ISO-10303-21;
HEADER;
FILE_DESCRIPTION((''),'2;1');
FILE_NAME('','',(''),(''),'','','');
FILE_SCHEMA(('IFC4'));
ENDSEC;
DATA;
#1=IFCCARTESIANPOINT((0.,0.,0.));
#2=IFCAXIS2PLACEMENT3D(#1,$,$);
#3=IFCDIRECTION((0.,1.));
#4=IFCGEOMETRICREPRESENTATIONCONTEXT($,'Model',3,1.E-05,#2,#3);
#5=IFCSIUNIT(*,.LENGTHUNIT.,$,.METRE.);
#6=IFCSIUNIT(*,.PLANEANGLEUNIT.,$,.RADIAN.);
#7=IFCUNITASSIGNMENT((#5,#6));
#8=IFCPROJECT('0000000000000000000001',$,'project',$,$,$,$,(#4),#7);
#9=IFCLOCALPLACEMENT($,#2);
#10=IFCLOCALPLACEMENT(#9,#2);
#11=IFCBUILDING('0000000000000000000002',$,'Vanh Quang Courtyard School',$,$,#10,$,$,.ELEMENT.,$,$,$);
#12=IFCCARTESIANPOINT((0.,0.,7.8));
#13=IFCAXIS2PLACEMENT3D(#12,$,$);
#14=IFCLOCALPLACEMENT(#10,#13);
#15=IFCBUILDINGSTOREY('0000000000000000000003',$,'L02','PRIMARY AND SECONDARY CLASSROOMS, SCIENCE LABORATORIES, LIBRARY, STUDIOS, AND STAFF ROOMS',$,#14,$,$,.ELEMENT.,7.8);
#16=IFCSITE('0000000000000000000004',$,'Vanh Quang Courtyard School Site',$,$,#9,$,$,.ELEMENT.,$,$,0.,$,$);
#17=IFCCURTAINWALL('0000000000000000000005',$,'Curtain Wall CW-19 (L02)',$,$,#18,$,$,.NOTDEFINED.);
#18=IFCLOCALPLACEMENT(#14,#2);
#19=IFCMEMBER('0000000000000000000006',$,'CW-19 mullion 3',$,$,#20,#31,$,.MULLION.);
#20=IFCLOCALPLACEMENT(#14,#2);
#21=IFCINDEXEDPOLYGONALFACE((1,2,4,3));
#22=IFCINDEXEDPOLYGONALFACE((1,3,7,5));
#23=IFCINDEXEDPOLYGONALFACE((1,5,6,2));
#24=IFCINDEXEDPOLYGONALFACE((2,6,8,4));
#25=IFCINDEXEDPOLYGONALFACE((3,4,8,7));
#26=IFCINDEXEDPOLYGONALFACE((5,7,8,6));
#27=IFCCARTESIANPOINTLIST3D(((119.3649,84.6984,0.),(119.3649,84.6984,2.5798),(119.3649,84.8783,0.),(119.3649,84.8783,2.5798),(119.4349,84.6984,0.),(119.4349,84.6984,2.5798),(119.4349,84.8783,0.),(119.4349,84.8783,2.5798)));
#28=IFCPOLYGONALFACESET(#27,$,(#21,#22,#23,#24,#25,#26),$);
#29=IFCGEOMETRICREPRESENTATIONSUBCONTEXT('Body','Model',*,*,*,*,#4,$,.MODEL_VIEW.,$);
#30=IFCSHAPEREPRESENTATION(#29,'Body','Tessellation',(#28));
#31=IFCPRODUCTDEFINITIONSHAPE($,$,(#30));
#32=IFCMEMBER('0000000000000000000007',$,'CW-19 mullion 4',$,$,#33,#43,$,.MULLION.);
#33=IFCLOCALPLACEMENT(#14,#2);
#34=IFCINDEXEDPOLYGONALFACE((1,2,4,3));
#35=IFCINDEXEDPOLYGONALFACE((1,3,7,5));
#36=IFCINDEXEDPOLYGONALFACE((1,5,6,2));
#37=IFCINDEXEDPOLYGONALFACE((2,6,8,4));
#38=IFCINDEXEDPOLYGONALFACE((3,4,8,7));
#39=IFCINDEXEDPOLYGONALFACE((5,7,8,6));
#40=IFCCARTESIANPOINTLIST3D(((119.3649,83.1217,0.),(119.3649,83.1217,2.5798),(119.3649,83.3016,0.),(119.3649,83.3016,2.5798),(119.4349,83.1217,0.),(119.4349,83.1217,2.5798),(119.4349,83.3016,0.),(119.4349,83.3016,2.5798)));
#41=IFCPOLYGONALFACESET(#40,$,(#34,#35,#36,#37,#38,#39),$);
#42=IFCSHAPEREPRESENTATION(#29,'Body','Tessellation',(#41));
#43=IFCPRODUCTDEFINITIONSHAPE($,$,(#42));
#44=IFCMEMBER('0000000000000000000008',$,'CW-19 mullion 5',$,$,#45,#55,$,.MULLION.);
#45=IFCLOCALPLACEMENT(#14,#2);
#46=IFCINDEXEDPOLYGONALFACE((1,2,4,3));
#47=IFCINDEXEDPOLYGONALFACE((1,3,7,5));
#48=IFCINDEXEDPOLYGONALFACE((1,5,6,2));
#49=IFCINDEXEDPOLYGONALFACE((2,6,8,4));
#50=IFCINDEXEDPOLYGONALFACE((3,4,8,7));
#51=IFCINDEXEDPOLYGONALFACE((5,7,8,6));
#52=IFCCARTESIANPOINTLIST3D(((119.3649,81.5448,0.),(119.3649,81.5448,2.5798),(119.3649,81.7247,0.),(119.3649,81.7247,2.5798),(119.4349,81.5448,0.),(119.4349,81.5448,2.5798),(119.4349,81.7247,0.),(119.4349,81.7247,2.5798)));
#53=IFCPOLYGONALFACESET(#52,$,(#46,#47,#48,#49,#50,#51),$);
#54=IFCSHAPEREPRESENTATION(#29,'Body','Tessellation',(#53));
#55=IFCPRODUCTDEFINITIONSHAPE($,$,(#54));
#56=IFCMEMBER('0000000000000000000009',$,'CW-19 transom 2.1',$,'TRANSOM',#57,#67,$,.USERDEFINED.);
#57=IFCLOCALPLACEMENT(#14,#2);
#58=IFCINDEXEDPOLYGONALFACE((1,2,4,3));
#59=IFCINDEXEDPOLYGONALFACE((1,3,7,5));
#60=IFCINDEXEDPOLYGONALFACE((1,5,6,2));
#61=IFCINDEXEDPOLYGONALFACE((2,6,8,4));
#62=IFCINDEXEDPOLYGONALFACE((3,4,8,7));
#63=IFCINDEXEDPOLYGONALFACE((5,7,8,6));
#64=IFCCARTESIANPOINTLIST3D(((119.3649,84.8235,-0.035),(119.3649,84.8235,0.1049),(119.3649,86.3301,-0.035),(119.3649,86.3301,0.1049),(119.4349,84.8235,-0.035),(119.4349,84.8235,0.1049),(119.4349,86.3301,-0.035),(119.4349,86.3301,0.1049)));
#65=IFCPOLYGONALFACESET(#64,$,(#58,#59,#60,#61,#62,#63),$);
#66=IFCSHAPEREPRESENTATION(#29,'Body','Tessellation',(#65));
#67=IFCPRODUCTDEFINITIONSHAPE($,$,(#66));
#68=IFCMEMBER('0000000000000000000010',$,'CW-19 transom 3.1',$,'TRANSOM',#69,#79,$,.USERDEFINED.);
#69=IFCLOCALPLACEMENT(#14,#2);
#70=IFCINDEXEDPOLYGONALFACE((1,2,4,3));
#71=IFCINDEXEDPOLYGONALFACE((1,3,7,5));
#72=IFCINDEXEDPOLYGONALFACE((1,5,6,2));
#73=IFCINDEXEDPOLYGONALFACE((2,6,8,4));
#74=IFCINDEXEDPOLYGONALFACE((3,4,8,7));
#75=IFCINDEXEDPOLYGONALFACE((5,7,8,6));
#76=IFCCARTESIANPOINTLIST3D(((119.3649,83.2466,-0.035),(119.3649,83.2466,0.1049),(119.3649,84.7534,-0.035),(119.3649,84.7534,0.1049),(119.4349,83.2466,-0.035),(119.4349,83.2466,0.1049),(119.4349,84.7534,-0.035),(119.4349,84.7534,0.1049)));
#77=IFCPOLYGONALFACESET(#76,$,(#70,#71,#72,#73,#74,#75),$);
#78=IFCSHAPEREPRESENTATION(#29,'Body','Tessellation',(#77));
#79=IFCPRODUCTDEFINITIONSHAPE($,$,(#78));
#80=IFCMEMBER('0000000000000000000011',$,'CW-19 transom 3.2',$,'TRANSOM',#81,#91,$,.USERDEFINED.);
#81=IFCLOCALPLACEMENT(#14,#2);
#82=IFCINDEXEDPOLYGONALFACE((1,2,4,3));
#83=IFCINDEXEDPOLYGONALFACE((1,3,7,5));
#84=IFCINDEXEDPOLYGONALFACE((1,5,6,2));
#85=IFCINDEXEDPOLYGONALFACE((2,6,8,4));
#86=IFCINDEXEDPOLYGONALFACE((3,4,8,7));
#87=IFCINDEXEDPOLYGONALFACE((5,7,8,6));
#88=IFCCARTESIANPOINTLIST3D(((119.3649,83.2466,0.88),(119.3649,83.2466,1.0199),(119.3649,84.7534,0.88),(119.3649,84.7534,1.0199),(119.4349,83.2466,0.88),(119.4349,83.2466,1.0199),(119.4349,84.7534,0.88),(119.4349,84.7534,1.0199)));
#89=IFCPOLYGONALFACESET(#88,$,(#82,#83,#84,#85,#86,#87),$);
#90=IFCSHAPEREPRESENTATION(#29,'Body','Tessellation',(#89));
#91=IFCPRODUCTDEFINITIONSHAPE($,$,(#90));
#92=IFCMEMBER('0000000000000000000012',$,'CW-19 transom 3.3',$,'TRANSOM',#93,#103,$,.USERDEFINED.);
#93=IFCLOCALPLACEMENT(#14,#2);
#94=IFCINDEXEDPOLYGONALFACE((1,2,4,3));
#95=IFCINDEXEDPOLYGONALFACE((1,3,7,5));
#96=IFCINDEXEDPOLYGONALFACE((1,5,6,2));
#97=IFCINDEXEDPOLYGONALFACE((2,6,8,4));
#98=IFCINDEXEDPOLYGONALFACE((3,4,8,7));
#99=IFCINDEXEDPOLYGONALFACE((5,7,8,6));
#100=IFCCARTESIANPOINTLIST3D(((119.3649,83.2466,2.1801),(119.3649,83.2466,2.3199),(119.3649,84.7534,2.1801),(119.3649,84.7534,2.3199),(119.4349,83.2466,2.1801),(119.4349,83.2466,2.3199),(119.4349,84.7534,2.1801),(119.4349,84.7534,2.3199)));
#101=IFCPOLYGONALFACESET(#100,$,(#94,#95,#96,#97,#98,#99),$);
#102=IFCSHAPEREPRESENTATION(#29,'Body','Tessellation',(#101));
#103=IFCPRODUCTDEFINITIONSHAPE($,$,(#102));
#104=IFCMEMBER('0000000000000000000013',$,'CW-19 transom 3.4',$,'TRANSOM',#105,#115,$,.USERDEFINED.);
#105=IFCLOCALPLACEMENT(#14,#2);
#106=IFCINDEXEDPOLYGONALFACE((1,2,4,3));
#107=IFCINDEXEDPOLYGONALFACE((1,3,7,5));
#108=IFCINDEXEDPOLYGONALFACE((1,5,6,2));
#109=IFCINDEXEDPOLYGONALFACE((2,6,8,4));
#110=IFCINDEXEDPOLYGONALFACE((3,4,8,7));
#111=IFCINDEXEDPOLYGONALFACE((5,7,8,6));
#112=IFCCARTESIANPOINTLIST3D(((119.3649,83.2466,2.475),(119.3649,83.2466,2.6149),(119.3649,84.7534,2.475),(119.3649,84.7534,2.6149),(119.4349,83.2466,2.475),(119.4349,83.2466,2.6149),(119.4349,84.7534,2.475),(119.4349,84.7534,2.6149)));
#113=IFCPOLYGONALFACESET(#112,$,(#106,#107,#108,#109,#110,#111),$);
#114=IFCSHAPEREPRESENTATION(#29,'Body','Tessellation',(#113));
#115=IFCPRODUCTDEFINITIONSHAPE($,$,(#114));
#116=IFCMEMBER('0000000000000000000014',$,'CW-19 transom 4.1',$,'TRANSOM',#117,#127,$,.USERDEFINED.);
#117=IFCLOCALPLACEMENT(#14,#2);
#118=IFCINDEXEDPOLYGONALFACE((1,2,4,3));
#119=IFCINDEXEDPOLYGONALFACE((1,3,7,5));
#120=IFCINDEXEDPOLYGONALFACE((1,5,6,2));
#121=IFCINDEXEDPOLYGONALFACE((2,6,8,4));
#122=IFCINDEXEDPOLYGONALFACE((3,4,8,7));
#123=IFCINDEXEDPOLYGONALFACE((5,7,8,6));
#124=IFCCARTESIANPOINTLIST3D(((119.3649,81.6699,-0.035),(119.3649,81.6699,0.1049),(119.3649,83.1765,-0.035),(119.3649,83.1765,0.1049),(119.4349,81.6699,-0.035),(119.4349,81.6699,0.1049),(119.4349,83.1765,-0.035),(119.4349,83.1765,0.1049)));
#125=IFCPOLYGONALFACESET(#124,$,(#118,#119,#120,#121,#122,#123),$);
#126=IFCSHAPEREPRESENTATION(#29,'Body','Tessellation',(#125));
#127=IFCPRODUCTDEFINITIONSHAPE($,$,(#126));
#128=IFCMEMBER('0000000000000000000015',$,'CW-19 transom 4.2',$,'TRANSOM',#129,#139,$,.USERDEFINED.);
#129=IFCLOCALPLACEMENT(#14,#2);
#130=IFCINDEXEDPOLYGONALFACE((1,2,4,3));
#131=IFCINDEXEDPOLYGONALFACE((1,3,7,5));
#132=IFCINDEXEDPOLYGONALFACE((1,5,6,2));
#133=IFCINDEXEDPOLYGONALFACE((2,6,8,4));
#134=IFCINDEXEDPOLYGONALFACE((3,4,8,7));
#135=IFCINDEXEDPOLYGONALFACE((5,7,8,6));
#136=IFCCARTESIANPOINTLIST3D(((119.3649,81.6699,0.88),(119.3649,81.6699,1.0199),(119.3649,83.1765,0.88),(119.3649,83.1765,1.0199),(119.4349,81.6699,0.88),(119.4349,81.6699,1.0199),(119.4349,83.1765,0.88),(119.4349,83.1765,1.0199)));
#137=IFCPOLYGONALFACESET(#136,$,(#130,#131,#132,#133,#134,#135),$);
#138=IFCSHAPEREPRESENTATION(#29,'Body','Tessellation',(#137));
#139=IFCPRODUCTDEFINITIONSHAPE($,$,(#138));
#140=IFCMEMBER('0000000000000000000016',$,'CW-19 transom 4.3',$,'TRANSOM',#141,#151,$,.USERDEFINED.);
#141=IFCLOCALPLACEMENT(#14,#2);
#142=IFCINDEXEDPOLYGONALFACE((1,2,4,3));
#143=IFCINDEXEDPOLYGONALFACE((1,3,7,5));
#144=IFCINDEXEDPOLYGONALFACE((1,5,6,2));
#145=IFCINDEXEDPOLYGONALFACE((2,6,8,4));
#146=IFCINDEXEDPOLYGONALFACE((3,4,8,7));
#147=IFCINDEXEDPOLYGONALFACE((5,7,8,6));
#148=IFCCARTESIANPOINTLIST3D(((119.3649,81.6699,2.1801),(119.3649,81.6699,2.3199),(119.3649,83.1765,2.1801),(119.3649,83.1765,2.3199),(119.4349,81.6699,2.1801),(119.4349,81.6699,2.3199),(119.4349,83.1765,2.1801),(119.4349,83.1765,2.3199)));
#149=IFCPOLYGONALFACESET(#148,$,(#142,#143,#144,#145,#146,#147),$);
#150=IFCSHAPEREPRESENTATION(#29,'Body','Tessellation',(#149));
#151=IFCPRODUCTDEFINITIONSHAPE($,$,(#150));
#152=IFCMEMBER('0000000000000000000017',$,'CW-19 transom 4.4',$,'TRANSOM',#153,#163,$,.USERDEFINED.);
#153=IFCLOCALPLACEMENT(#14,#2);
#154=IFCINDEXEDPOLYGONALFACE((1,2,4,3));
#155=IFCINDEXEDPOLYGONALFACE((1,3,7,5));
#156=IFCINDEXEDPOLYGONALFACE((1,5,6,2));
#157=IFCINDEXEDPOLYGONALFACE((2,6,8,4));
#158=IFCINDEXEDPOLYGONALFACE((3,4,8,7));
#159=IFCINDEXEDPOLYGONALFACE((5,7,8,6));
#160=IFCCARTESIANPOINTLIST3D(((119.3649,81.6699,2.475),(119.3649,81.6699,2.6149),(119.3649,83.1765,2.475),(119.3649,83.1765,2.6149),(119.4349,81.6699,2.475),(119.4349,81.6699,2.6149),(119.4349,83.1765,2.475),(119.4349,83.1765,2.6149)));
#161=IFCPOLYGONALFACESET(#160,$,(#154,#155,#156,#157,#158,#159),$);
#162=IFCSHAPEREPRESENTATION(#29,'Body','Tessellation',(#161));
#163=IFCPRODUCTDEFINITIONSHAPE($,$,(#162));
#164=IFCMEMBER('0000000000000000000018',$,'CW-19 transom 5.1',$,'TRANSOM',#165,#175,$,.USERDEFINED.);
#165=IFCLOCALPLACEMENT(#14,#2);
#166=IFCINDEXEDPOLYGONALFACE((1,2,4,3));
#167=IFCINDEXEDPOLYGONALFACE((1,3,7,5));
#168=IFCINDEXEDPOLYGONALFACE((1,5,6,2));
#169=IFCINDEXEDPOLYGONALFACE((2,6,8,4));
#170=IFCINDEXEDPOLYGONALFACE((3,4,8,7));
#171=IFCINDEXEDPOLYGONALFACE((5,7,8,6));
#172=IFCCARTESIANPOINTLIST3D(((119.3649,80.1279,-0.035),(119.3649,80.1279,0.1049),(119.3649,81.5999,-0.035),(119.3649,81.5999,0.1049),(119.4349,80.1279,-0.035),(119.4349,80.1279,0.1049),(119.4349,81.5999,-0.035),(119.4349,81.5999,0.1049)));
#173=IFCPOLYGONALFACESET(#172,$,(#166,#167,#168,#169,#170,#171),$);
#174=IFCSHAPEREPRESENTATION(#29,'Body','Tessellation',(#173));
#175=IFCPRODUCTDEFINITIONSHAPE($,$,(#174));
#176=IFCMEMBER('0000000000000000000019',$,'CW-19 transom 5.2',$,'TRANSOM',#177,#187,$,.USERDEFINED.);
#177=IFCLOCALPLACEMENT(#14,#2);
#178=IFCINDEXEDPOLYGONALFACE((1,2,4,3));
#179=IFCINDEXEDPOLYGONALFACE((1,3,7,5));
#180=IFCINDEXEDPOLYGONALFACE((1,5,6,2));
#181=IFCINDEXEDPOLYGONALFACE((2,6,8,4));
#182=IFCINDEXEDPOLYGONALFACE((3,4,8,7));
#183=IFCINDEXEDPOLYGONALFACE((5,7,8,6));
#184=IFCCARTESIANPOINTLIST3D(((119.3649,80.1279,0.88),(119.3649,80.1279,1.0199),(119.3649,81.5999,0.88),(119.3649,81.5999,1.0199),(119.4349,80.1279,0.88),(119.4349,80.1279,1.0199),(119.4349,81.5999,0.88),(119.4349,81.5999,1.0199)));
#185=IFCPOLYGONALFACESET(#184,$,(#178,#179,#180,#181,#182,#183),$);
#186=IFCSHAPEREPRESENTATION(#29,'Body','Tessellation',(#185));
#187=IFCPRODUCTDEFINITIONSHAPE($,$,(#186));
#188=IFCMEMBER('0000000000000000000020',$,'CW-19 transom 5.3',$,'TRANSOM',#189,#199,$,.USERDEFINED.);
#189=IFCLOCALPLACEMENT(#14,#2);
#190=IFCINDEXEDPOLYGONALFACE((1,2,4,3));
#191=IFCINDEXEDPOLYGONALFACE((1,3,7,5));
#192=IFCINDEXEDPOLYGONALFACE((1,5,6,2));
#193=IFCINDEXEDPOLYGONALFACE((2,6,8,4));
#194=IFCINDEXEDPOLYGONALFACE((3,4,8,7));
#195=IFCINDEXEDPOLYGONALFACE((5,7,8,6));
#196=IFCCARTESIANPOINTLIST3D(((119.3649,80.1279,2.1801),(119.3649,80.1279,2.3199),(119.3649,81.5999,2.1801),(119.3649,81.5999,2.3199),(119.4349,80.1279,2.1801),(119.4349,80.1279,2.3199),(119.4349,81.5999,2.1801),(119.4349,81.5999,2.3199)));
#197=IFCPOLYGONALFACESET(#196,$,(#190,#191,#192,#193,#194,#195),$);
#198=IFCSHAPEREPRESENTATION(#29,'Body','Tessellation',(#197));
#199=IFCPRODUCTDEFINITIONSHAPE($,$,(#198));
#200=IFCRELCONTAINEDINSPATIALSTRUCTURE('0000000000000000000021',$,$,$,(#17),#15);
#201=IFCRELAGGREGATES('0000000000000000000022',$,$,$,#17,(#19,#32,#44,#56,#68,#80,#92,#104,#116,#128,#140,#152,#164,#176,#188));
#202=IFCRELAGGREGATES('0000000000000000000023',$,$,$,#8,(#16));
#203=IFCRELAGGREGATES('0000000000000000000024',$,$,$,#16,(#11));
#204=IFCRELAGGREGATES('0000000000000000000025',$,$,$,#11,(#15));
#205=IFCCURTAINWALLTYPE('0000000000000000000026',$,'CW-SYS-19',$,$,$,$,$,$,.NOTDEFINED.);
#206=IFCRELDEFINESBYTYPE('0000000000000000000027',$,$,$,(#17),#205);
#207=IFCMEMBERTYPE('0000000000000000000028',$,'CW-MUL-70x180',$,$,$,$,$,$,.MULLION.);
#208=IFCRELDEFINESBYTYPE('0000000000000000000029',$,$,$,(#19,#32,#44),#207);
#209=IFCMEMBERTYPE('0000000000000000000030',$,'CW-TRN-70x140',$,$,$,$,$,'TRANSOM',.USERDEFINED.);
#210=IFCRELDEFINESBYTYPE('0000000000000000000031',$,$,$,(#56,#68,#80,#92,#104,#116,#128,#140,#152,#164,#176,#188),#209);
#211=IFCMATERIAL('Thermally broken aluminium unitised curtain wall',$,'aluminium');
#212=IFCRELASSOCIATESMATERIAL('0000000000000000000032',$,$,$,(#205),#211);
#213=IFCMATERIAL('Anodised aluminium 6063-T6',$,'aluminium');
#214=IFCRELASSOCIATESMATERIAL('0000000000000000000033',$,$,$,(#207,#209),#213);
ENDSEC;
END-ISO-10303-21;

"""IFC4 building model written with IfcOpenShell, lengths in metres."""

from ifc_helpers import new_model, si_unit, direction, frame, origin, origin_2d, place, context, subcontext, project, spatial, rectangle, extrude, material, material_profile, profile_set, type_object, element, aggregate, save


model = new_model("IFC4")

# Units and contexts
model_context = context("Model", 3, precision=1e-05, world=origin(), true_north=direction((0.0, 1.0)))
body_context = subcontext(model_context, "Body", "Model", "MODEL_VIEW")
ifc_project = project(units=[si_unit("LENGTHUNIT", "METRE"), si_unit("PLANEANGLEUNIT", "RADIAN")], contexts=[model_context])

# Site, building, storey
site_placement = place(None, origin())
site = spatial("IfcSite", under=ifc_project, at=site_placement, Name="Vanh Quang Courtyard School Site", CompositionType="ELEMENT", RefElevation=0.0)
building_placement = place(site_placement, origin())
building = spatial("IfcBuilding", under=site, at=building_placement, Name="Vanh Quang Courtyard School", CompositionType="ELEMENT")
storey_placement = place(building_placement, frame((0.0, 0.0, 7.8)))
storey = spatial("IfcBuildingStorey", under=building, at=storey_placement, Name="L02", Description="PRIMARY AND SECONDARY CLASSROOMS, SCIENCE LABORATORIES, LIBRARY, STUDIOS, AND STAFF ROOMS", CompositionType="ELEMENT", Elevation=7.8)

# Curtain wall, members
ifc_material_1 = material(Name="Thermally broken aluminium unitised curtain wall", Category="aluminium")
curtain_wall_type = type_object("IfcCurtainWallType", Name="CW-SYS-19", PredefinedType="NOTDEFINED", material=ifc_material_1)
curtain_wall_placement = place(storey_placement, origin())
curtain_wall = element("IfcCurtainWall", 1, at=curtain_wall_placement, inside=storey, type_object=curtain_wall_type, Name="Curtain Wall CW-19 (L02)", PredefinedType="NOTDEFINED")
ifc_material_2 = material(Name="Anodised aluminium 6063-T6", Category="aluminium")
ifc_material_profile_1 = material_profile(ifc_material_2, rectangle(XDim=0.0701, YDim=0.1799, at=origin_2d()), Name="ALU-MUL 70x180")
ifc_profile_set_1 = profile_set([ifc_material_profile_1], Name="Anodised aluminium 6063-T6")
member_type_1 = type_object("IfcMemberType", Name="CW-MUL-70x180", PredefinedType="MULLION", material=ifc_profile_set_1)
member_1_placement = place(storey_placement, frame((119.3999, 84.7883, 0.0), z_axis=(0.0, 0.0, 1.0), x_axis=(1.0, 0.0, 0.0)))
member_1 = element("IfcMember", 2, at=member_1_placement, type_object=member_type_1, Name="CW-19 mullion 3", PredefinedType="MULLION", context=body_context, shape_type="SweptSolid", body=[
    extrude(rectangle(XDim=0.0701, YDim=0.1799, at=origin_2d()), origin(), (0.0, 0.0, 1.0), 2.5798),
])
member_2_placement = place(storey_placement, frame((119.3999, 83.2117, 0.0), z_axis=(0.0, 0.0, 1.0), x_axis=(1.0, 0.0, 0.0)))
member_2 = element("IfcMember", 3, at=member_2_placement, type_object=member_type_1, Name="CW-19 mullion 4", PredefinedType="MULLION", context=body_context, shape_type="SweptSolid", body=[
    extrude(rectangle(XDim=0.0701, YDim=0.1799, at=origin_2d()), origin(), (0.0, 0.0, 1.0), 2.5798),
])
member_3_placement = place(storey_placement, frame((119.3999, 81.6348, 0.0), z_axis=(0.0, 0.0, 1.0), x_axis=(1.0, 0.0, 0.0)))
member_3 = element("IfcMember", 4, at=member_3_placement, type_object=member_type_1, Name="CW-19 mullion 5", PredefinedType="MULLION", context=body_context, shape_type="SweptSolid", body=[
    extrude(rectangle(XDim=0.0701, YDim=0.1799, at=origin_2d()), origin(), (0.0, 0.0, 1.0), 2.5798),
])
ifc_material_profile_2 = material_profile(ifc_material_2, rectangle(XDim=0.0701, YDim=0.1399, at=origin_2d()), Name="ALU-TRN 70x140")
ifc_profile_set_2 = profile_set([ifc_material_profile_2], Name="Anodised aluminium 6063-T6")
member_type_2 = type_object("IfcMemberType", Name="CW-TRN-70x140", ElementType="TRANSOM", PredefinedType="USERDEFINED", material=ifc_profile_set_2)
member_4_placement = place(storey_placement, frame((119.3999, 86.3301, 0.0349), z_axis=(0.0, -1.0, 0.0), x_axis=(1.0, 0.0, 0.0)))
member_4 = element("IfcMember", 5, at=member_4_placement, type_object=member_type_2, Name="CW-19 transom 2.1", ObjectType="TRANSOM", PredefinedType="USERDEFINED", context=body_context, shape_type="SweptSolid", body=[
    extrude(rectangle(XDim=0.0701, YDim=0.1399, at=origin_2d()), origin(), (0.0, 0.0, 1.0), 1.5066),
])
member_5_placement = place(storey_placement, frame((119.3999, 84.7534, 0.0349), z_axis=(0.0, -1.0, 0.0), x_axis=(1.0, 0.0, 0.0)))
member_5 = element("IfcMember", 6, at=member_5_placement, type_object=member_type_2, Name="CW-19 transom 3.1", ObjectType="TRANSOM", PredefinedType="USERDEFINED", context=body_context, shape_type="SweptSolid", body=[
    extrude(rectangle(XDim=0.0701, YDim=0.1399, at=origin_2d()), origin(), (0.0, 0.0, 1.0), 1.5068),
])
member_6_placement = place(storey_placement, frame((119.3999, 84.7534, 0.95), z_axis=(0.0, -1.0, 0.0), x_axis=(1.0, 0.0, 0.0)))
member_6 = element("IfcMember", 7, at=member_6_placement, type_object=member_type_2, Name="CW-19 transom 3.2", ObjectType="TRANSOM", PredefinedType="USERDEFINED", context=body_context, shape_type="SweptSolid", body=[
    extrude(rectangle(XDim=0.0701, YDim=0.1399, at=origin_2d()), origin(), (0.0, 0.0, 1.0), 1.5068),
])
member_7_placement = place(storey_placement, frame((119.3999, 84.7534, 2.25), z_axis=(0.0, -1.0, 0.0), x_axis=(1.0, 0.0, 0.0)))
member_7 = element("IfcMember", 8, at=member_7_placement, type_object=member_type_2, Name="CW-19 transom 3.3", ObjectType="TRANSOM", PredefinedType="USERDEFINED", context=body_context, shape_type="SweptSolid", body=[
    extrude(rectangle(XDim=0.0701, YDim=0.1399, at=origin_2d()), origin(), (0.0, 0.0, 1.0), 1.5068),
])
member_8_placement = place(storey_placement, frame((119.3999, 84.7534, 2.5449), z_axis=(0.0, -1.0, 0.0), x_axis=(1.0, 0.0, 0.0)))
member_8 = element("IfcMember", 9, at=member_8_placement, type_object=member_type_2, Name="CW-19 transom 3.4", ObjectType="TRANSOM", PredefinedType="USERDEFINED", context=body_context, shape_type="SweptSolid", body=[
    extrude(rectangle(XDim=0.0701, YDim=0.1399, at=origin_2d()), origin(), (0.0, 0.0, 1.0), 1.5068),
])
member_9_placement = place(storey_placement, frame((119.3999, 83.1765, 0.0349), z_axis=(0.0, -1.0, 0.0), x_axis=(1.0, 0.0, 0.0)))
member_9 = element("IfcMember", 10, at=member_9_placement, type_object=member_type_2, Name="CW-19 transom 4.1", ObjectType="TRANSOM", PredefinedType="USERDEFINED", context=body_context, shape_type="SweptSolid", body=[
    extrude(rectangle(XDim=0.0701, YDim=0.1399, at=origin_2d()), origin(), (0.0, 0.0, 1.0), 1.5066),
])
member_10_placement = place(storey_placement, frame((119.3999, 83.1765, 0.95), z_axis=(0.0, -1.0, 0.0), x_axis=(1.0, 0.0, 0.0)))
member_10 = element("IfcMember", 11, at=member_10_placement, type_object=member_type_2, Name="CW-19 transom 4.2", ObjectType="TRANSOM", PredefinedType="USERDEFINED", context=body_context, shape_type="SweptSolid", body=[
    extrude(rectangle(XDim=0.0701, YDim=0.1399, at=origin_2d()), origin(), (0.0, 0.0, 1.0), 1.5066),
])
member_11_placement = place(storey_placement, frame((119.3999, 83.1765, 2.25), z_axis=(0.0, -1.0, 0.0), x_axis=(1.0, 0.0, 0.0)))
member_11 = element("IfcMember", 12, at=member_11_placement, type_object=member_type_2, Name="CW-19 transom 4.3", ObjectType="TRANSOM", PredefinedType="USERDEFINED", context=body_context, shape_type="SweptSolid", body=[
    extrude(rectangle(XDim=0.0701, YDim=0.1399, at=origin_2d()), origin(), (0.0, 0.0, 1.0), 1.5066),
])
member_12_placement = place(storey_placement, frame((119.3999, 83.1765, 2.5449), z_axis=(0.0, -1.0, 0.0), x_axis=(1.0, 0.0, 0.0)))
member_12 = element("IfcMember", 13, at=member_12_placement, type_object=member_type_2, Name="CW-19 transom 4.4", ObjectType="TRANSOM", PredefinedType="USERDEFINED", context=body_context, shape_type="SweptSolid", body=[
    extrude(rectangle(XDim=0.0701, YDim=0.1399, at=origin_2d()), origin(), (0.0, 0.0, 1.0), 1.5066),
])
member_13_placement = place(storey_placement, frame((119.3999, 81.5999, 0.0349), z_axis=(0.0, -1.0, 0.0), x_axis=(1.0, 0.0, 0.0)))
member_13 = element("IfcMember", 14, at=member_13_placement, type_object=member_type_2, Name="CW-19 transom 5.1", ObjectType="TRANSOM", PredefinedType="USERDEFINED", context=body_context, shape_type="SweptSolid", body=[
    extrude(rectangle(XDim=0.0701, YDim=0.1399, at=origin_2d()), origin(), (0.0, 0.0, 1.0), 1.4719),
])
member_14_placement = place(storey_placement, frame((119.3999, 81.5999, 0.95), z_axis=(0.0, -1.0, 0.0), x_axis=(1.0, 0.0, 0.0)))
member_14 = element("IfcMember", 15, at=member_14_placement, type_object=member_type_2, Name="CW-19 transom 5.2", ObjectType="TRANSOM", PredefinedType="USERDEFINED", context=body_context, shape_type="SweptSolid", body=[
    extrude(rectangle(XDim=0.0701, YDim=0.1399, at=origin_2d()), origin(), (0.0, 0.0, 1.0), 1.4719),
])
member_15_placement = place(storey_placement, frame((119.3999, 81.5999, 2.25), z_axis=(0.0, -1.0, 0.0), x_axis=(1.0, 0.0, 0.0)))
member_15 = element("IfcMember", 16, at=member_15_placement, type_object=member_type_2, Name="CW-19 transom 5.3", ObjectType="TRANSOM", PredefinedType="USERDEFINED", context=body_context, shape_type="SweptSolid", body=[
    extrude(rectangle(XDim=0.0701, YDim=0.1399, at=origin_2d()), origin(), (0.0, 0.0, 1.0), 1.4719),
])
aggregate(curtain_wall, [member_1, member_2, member_3, member_4, member_5, member_6, member_7, member_8, member_9, member_10, member_11, member_12, member_13, member_14, member_15])

save(model, "model.ifc")
